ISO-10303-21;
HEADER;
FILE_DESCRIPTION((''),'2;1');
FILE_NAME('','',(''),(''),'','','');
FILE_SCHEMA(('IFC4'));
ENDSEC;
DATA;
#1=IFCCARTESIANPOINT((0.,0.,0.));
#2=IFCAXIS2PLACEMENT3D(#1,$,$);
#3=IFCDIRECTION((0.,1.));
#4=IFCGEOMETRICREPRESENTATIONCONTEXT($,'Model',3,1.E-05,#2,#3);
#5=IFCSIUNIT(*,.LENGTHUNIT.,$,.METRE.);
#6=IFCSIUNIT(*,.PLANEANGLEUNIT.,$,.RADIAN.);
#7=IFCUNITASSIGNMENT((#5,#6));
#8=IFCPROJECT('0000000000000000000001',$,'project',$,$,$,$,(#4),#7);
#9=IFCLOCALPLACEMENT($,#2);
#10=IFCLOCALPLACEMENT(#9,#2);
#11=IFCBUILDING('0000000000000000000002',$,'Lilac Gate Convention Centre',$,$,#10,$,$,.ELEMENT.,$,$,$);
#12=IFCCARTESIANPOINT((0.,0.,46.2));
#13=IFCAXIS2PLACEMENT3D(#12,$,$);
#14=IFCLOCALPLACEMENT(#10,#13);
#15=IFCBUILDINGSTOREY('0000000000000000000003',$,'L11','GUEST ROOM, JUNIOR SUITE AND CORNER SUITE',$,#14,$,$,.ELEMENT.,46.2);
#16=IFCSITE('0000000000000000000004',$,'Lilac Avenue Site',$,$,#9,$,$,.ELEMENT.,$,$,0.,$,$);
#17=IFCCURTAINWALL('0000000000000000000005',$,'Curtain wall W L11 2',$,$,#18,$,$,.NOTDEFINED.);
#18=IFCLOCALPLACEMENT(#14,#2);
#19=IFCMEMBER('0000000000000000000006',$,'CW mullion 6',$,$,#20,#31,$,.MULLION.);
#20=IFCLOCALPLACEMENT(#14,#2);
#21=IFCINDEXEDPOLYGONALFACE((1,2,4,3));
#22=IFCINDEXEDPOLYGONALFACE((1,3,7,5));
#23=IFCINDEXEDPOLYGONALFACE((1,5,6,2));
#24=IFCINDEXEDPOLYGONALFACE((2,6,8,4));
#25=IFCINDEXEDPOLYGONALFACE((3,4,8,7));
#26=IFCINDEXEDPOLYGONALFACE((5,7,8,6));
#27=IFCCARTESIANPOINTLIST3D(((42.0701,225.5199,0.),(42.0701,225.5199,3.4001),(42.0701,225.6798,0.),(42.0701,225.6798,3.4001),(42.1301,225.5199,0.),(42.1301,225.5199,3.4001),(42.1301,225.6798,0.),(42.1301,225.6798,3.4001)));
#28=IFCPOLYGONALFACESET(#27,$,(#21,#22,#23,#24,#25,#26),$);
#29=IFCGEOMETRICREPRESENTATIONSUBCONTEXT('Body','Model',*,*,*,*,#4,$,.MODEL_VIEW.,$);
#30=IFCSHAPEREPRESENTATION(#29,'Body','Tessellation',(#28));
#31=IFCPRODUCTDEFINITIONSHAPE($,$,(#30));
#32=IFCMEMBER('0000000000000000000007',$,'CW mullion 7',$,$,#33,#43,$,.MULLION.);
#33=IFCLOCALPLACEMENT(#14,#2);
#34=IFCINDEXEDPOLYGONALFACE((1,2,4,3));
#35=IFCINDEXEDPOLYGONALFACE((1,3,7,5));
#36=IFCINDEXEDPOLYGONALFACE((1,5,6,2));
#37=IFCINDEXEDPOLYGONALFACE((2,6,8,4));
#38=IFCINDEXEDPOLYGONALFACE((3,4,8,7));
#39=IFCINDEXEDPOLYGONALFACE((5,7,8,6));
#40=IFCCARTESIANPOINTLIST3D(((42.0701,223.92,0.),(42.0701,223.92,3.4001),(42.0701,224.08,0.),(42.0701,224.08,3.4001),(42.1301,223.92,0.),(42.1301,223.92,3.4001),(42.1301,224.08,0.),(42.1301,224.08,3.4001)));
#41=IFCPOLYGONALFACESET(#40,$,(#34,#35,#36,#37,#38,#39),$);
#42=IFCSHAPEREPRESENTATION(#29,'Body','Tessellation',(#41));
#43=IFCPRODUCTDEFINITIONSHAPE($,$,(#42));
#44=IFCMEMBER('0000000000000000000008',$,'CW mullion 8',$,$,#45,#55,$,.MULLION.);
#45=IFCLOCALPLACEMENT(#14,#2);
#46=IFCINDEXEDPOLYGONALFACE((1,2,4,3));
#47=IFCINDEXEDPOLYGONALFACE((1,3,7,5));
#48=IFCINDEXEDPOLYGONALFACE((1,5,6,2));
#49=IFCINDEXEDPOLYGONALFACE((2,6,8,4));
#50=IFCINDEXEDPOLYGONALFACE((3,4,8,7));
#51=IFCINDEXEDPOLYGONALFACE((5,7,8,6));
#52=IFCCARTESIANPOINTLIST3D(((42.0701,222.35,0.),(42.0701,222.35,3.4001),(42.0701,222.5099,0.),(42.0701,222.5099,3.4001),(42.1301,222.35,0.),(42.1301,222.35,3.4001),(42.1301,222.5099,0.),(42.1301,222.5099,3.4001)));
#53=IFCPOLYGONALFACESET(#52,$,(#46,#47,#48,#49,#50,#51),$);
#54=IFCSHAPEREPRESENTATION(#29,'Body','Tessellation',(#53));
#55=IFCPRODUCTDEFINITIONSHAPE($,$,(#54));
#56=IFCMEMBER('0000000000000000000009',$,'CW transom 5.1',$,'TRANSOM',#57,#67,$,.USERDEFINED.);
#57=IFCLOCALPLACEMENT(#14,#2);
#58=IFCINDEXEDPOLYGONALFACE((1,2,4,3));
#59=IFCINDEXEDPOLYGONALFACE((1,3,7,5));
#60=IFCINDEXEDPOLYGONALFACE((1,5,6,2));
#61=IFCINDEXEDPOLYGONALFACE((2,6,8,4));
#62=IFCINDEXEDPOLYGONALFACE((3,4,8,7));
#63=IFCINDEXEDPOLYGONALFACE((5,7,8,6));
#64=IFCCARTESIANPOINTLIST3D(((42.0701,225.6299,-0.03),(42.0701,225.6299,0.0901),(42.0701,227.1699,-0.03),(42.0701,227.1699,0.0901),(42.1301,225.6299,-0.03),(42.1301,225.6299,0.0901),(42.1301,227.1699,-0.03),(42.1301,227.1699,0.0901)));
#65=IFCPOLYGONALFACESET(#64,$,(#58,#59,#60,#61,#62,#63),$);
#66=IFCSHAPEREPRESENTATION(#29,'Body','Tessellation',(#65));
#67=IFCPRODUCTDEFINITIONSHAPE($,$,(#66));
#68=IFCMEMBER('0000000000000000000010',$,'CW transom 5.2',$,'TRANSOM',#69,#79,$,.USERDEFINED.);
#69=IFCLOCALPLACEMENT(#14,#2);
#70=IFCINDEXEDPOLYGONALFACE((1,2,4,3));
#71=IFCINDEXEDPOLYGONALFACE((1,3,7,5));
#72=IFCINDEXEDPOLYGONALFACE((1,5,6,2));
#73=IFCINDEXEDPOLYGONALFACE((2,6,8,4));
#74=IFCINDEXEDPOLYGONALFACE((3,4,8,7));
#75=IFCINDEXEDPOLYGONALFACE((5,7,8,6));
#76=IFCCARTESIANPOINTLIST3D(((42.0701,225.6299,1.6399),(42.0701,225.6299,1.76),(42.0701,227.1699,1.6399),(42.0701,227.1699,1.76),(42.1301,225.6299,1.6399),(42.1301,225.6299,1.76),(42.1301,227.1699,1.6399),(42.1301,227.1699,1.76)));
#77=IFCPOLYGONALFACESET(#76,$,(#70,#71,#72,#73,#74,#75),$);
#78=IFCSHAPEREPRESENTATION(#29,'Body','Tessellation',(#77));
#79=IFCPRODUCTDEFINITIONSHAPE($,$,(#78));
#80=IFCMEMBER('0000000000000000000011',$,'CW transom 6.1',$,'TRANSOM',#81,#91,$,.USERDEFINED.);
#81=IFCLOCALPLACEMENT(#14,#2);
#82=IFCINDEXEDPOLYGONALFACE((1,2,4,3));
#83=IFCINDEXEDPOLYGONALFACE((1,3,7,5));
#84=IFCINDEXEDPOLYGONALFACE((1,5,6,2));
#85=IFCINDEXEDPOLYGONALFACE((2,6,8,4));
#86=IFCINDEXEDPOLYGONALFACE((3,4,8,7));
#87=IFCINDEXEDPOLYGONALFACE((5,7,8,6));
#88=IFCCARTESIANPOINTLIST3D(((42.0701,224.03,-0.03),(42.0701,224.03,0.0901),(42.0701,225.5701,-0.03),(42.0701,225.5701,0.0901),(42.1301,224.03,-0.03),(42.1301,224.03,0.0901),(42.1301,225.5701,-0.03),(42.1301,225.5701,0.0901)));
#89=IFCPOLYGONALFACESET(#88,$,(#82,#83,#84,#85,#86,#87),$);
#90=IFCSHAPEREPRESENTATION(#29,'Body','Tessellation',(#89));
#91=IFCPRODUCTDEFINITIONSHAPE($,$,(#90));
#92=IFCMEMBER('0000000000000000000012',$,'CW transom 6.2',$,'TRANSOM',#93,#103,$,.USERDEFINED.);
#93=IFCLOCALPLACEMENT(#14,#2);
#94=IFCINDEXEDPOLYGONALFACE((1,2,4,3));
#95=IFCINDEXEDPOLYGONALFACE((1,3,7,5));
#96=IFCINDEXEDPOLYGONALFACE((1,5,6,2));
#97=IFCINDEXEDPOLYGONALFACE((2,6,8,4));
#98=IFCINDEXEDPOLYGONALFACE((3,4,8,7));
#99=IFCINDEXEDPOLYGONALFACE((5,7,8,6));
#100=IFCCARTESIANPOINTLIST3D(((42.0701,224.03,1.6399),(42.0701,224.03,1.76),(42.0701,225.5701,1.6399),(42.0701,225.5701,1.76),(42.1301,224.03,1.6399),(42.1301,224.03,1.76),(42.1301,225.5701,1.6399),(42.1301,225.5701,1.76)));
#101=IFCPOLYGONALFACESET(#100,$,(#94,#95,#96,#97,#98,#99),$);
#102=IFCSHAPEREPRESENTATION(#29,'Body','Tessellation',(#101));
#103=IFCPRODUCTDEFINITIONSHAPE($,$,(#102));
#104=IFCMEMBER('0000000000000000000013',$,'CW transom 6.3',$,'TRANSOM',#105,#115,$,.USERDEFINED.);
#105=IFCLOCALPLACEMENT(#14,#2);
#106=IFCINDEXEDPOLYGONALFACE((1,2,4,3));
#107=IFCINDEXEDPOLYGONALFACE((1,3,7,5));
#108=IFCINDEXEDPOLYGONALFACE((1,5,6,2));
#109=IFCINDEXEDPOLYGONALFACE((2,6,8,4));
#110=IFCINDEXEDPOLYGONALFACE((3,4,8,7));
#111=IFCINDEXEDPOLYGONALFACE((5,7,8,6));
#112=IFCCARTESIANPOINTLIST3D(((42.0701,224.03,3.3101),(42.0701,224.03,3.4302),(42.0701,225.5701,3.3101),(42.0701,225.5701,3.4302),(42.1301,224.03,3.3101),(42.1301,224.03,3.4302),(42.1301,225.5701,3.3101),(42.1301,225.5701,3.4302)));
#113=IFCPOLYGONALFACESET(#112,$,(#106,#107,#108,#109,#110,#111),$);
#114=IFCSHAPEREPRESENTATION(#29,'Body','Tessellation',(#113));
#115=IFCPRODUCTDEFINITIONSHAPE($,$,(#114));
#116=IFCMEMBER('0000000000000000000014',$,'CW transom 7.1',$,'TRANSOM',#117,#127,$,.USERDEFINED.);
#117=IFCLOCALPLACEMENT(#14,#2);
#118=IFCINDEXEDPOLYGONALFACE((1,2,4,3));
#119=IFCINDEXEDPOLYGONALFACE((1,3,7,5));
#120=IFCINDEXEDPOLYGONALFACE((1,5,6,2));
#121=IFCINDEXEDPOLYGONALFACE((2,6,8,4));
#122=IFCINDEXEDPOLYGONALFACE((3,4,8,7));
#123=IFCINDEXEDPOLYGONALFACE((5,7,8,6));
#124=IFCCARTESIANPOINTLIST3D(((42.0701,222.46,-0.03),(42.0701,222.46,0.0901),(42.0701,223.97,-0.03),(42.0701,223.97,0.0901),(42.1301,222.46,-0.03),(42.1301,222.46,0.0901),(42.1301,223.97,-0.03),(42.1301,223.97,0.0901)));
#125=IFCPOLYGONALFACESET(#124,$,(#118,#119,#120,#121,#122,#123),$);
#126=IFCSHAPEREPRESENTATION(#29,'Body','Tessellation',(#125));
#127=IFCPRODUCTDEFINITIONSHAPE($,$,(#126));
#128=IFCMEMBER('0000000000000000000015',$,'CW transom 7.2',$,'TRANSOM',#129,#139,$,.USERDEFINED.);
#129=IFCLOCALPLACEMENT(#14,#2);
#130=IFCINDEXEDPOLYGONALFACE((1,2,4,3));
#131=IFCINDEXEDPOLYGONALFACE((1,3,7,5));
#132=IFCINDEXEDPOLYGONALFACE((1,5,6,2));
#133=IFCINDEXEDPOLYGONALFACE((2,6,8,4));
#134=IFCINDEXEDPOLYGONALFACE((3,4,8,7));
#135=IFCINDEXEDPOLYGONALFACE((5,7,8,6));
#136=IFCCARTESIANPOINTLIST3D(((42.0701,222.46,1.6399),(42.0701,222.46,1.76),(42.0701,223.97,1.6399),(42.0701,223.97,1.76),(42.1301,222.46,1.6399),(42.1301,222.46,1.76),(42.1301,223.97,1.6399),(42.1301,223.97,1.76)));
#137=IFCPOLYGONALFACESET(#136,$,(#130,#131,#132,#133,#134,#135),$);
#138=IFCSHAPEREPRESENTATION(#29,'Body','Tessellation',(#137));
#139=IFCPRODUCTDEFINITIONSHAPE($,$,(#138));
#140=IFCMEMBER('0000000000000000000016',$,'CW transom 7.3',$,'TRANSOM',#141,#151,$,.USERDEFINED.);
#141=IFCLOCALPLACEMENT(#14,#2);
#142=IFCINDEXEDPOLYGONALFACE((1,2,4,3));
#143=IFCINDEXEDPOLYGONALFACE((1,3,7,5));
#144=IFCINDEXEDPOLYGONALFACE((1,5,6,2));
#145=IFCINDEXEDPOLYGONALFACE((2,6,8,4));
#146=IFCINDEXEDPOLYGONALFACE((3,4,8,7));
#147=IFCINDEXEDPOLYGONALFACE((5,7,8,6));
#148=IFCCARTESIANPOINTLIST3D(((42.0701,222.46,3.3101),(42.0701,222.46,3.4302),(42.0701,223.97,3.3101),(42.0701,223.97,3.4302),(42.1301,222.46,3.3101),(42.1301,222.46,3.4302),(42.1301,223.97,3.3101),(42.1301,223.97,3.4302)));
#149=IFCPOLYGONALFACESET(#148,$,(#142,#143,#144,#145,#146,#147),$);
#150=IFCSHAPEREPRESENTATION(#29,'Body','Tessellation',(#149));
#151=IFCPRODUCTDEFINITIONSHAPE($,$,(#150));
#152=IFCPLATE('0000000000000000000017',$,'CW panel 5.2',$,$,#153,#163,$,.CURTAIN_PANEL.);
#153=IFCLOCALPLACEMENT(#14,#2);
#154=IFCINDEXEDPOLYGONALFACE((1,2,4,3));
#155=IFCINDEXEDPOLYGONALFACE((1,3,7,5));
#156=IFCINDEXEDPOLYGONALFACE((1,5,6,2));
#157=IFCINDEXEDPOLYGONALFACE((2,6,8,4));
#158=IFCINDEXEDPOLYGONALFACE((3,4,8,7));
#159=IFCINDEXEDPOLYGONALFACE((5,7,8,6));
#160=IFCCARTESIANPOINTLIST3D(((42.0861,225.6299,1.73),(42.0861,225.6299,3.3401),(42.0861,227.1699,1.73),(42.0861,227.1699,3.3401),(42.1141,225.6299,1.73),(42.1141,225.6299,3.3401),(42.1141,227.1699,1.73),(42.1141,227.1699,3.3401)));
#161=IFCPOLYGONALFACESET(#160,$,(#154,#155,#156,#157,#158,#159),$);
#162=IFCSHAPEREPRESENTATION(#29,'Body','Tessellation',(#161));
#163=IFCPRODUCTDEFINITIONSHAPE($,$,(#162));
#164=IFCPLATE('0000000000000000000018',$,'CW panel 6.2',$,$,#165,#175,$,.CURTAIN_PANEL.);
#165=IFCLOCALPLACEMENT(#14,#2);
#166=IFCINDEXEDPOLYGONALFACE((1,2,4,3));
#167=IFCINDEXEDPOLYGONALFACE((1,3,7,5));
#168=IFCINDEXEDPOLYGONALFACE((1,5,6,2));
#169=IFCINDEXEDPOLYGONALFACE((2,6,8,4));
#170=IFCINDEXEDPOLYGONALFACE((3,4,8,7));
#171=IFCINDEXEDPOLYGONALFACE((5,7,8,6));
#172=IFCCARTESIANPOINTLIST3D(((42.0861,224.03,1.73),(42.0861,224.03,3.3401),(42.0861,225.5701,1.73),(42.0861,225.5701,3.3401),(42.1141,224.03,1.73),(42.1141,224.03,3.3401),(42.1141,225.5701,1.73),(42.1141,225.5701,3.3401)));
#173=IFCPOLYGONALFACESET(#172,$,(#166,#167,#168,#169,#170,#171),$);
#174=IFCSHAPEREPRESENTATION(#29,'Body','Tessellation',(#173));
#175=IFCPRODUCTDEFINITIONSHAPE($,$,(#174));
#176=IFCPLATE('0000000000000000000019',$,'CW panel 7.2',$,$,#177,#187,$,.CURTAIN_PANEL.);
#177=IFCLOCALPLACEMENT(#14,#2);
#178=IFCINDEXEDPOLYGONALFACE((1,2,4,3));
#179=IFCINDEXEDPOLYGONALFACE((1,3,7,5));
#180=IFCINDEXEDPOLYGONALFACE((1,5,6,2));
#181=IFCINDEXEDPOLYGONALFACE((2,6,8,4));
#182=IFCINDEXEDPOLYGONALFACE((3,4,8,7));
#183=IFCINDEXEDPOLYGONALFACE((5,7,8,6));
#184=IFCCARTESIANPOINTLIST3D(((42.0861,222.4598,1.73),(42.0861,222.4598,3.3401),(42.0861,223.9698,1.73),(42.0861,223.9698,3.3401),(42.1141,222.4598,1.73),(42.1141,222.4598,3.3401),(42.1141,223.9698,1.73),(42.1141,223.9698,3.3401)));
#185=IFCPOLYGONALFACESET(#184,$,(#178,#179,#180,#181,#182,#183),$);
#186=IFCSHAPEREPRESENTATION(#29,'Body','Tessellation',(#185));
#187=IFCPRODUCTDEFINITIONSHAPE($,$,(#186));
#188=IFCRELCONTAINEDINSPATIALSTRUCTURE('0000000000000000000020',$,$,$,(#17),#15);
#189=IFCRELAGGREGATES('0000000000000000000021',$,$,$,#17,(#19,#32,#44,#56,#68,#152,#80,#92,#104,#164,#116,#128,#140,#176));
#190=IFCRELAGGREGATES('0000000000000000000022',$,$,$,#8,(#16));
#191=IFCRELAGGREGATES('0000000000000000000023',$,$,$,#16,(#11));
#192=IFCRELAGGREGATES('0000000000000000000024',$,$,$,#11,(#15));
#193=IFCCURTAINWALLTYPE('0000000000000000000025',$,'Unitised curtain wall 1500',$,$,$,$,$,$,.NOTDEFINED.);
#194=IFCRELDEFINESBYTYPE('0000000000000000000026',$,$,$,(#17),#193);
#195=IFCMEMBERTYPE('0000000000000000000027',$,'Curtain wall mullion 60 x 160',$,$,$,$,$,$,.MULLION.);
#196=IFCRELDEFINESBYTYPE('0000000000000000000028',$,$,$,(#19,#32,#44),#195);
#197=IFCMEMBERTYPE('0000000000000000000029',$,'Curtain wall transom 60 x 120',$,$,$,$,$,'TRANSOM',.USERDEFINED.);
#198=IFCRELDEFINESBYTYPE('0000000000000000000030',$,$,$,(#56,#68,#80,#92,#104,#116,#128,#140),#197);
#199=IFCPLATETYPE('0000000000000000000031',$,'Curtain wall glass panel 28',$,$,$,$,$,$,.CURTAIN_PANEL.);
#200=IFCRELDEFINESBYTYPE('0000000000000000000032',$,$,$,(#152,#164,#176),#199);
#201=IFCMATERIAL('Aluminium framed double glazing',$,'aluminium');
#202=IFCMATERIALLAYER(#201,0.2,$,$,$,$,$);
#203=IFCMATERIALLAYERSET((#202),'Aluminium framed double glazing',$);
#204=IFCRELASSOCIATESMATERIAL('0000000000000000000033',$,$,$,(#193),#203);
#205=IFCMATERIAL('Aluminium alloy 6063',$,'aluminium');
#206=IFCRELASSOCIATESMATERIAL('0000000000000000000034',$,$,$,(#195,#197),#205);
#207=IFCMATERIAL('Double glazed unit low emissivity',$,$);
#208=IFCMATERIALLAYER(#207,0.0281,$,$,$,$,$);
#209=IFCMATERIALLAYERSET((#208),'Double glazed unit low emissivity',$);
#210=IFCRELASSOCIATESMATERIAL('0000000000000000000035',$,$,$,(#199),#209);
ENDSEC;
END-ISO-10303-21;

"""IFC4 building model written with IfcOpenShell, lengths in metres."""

from ifc_helpers import new_model, si_unit, direction, frame, origin, origin_2d, place, context, subcontext, project, spatial, rectangle, extrude, material, layer, layer_set, material_profile, profile_set, type_object, element, aggregate, save


model = new_model("IFC4")

# Units and contexts
model_context = context("Model", 3, precision=1e-05, world=origin(), true_north=direction((0.0, 1.0)))
body_context = subcontext(model_context, "Body", "Model", "MODEL_VIEW")
ifc_project = project(units=[si_unit("LENGTHUNIT", "METRE"), si_unit("PLANEANGLEUNIT", "RADIAN")], contexts=[model_context])

# Site, building, storey
site_placement = place(None, origin())
site = spatial("IfcSite", under=ifc_project, at=site_placement, Name="Lilac Avenue Site", CompositionType="ELEMENT", RefElevation=0.0)
building_placement = place(site_placement, origin())
building = spatial("IfcBuilding", under=site, at=building_placement, Name="Lilac Gate Convention Centre", CompositionType="ELEMENT")
storey_placement = place(building_placement, frame((0.0, 0.0, 46.2)))
storey = spatial("IfcBuildingStorey", under=building, at=storey_placement, Name="L11", Description="GUEST ROOM, JUNIOR SUITE AND CORNER SUITE", CompositionType="ELEMENT", Elevation=46.2)

# Curtain wall, members, plates
ifc_material_1 = material(Name="Aluminium framed double glazing", Category="aluminium")
ifc_layer_1 = layer(ifc_material_1, 0.2)
ifc_layer_set_1 = layer_set([ifc_layer_1], Name="Aluminium framed double glazing")
curtain_wall_type = type_object("IfcCurtainWallType", Name="Unitised curtain wall 1500", PredefinedType="NOTDEFINED", material=ifc_layer_set_1)
curtain_wall_placement = place(storey_placement, origin())
curtain_wall = element("IfcCurtainWall", 1, at=curtain_wall_placement, inside=storey, type_object=curtain_wall_type, Name="Curtain wall W L11 2", PredefinedType="NOTDEFINED")
ifc_material_2 = material(Name="Aluminium alloy 6063", Category="aluminium")
ifc_material_profile_1 = material_profile(ifc_material_2, rectangle(XDim=0.0601, YDim=0.1599, at=origin_2d()), Name="Curtain wall mullion 60 x 160")
ifc_profile_set_1 = profile_set([ifc_material_profile_1], Name="Aluminium alloy 6063")
member_type_1 = type_object("IfcMemberType", Name="Curtain wall mullion 60 x 160", PredefinedType="MULLION", material=ifc_profile_set_1)
member_1_placement = place(storey_placement, frame((42.1001, 225.5999, 0.0), z_axis=(0.0, 0.0, 1.0), x_axis=(1.0, 0.0, 0.0)))
member_1 = element("IfcMember", 2, at=member_1_placement, type_object=member_type_1, Name="CW mullion 6", PredefinedType="MULLION", context=body_context, shape_type="SweptSolid", body=[
    extrude(rectangle(XDim=0.0601, YDim=0.1599, at=origin_2d()), origin(), (0.0, 0.0, 1.0), 3.4001),
])
member_2_placement = place(storey_placement, frame((42.1001, 224.0, 0.0), z_axis=(0.0, 0.0, 1.0), x_axis=(1.0, 0.0, 0.0)))
member_2 = element("IfcMember", 3, at=member_2_placement, type_object=member_type_1, Name="CW mullion 7", PredefinedType="MULLION", context=body_context, shape_type="SweptSolid", body=[
    extrude(rectangle(XDim=0.0601, YDim=0.1599, at=origin_2d()), origin(), (0.0, 0.0, 1.0), 3.4001),
])
member_3_placement = place(storey_placement, frame((42.1001, 222.4299, 0.0), z_axis=(0.0, 0.0, 1.0), x_axis=(1.0, 0.0, 0.0)))
member_3 = element("IfcMember", 4, at=member_3_placement, type_object=member_type_1, Name="CW mullion 8", PredefinedType="MULLION", context=body_context, shape_type="SweptSolid", body=[
    extrude(rectangle(XDim=0.0601, YDim=0.1599, at=origin_2d()), origin(), (0.0, 0.0, 1.0), 3.4001),
])
ifc_material_profile_2 = material_profile(ifc_material_2, rectangle(XDim=0.0601, YDim=0.1201, at=origin_2d()), Name="Curtain wall transom 60 x 120")
ifc_profile_set_2 = profile_set([ifc_material_profile_2], Name="Aluminium alloy 6063")
member_type_2 = type_object("IfcMemberType", Name="Curtain wall transom 60 x 120", ElementType="TRANSOM", PredefinedType="USERDEFINED", material=ifc_profile_set_2)
member_4_placement = place(storey_placement, frame((42.1001, 227.1699, 0.03), z_axis=(0.0, -1.0, 0.0), x_axis=(1.0, 0.0, 0.0)))
member_4 = element("IfcMember", 5, at=member_4_placement, type_object=member_type_2, Name="CW transom 5.1", ObjectType="TRANSOM", PredefinedType="USERDEFINED", context=body_context, shape_type="SweptSolid", body=[
    extrude(rectangle(XDim=0.0601, YDim=0.1201, at=origin_2d()), origin(), (0.0, 0.0, 1.0), 1.54),
])
member_5_placement = place(storey_placement, frame((42.1001, 227.1699, 1.7), z_axis=(0.0, -1.0, 0.0), x_axis=(1.0, 0.0, 0.0)))
member_5 = element("IfcMember", 6, at=member_5_placement, type_object=member_type_2, Name="CW transom 5.2", ObjectType="TRANSOM", PredefinedType="USERDEFINED", context=body_context, shape_type="SweptSolid", body=[
    extrude(rectangle(XDim=0.0601, YDim=0.1201, at=origin_2d()), origin(), (0.0, 0.0, 1.0), 1.54),
])
member_6_placement = place(storey_placement, frame((42.1001, 225.5701, 0.03), z_axis=(0.0, -1.0, 0.0), x_axis=(1.0, 0.0, 0.0)))
member_6 = element("IfcMember", 7, at=member_6_placement, type_object=member_type_2, Name="CW transom 6.1", ObjectType="TRANSOM", PredefinedType="USERDEFINED", context=body_context, shape_type="SweptSolid", body=[
    extrude(rectangle(XDim=0.0601, YDim=0.1201, at=origin_2d()), origin(), (0.0, 0.0, 1.0), 1.54),
])
member_7_placement = place(storey_placement, frame((42.1001, 225.5701, 1.7), z_axis=(0.0, -1.0, 0.0), x_axis=(1.0, 0.0, 0.0)))
member_7 = element("IfcMember", 8, at=member_7_placement, type_object=member_type_2, Name="CW transom 6.2", ObjectType="TRANSOM", PredefinedType="USERDEFINED", context=body_context, shape_type="SweptSolid", body=[
    extrude(rectangle(XDim=0.0601, YDim=0.1201, at=origin_2d()), origin(), (0.0, 0.0, 1.0), 1.54),
])
member_8_placement = place(storey_placement, frame((42.1001, 225.5701, 3.3701), z_axis=(0.0, -1.0, 0.0), x_axis=(1.0, 0.0, 0.0)))
member_8 = element("IfcMember", 9, at=member_8_placement, type_object=member_type_2, Name="CW transom 6.3", ObjectType="TRANSOM", PredefinedType="USERDEFINED", context=body_context, shape_type="SweptSolid", body=[
    extrude(rectangle(XDim=0.0601, YDim=0.1201, at=origin_2d()), origin(), (0.0, 0.0, 1.0), 1.54),
])
member_9_placement = place(storey_placement, frame((42.1001, 223.97, 0.03), z_axis=(0.0, -1.0, 0.0), x_axis=(1.0, 0.0, 0.0)))
member_9 = element("IfcMember", 10, at=member_9_placement, type_object=member_type_2, Name="CW transom 7.1", ObjectType="TRANSOM", PredefinedType="USERDEFINED", context=body_context, shape_type="SweptSolid", body=[
    extrude(rectangle(XDim=0.0601, YDim=0.1201, at=origin_2d()), origin(), (0.0, 0.0, 1.0), 1.51),
])
member_10_placement = place(storey_placement, frame((42.1001, 223.97, 1.7), z_axis=(0.0, -1.0, 0.0), x_axis=(1.0, 0.0, 0.0)))
member_10 = element("IfcMember", 11, at=member_10_placement, type_object=member_type_2, Name="CW transom 7.2", ObjectType="TRANSOM", PredefinedType="USERDEFINED", context=body_context, shape_type="SweptSolid", body=[
    extrude(rectangle(XDim=0.0601, YDim=0.1201, at=origin_2d()), origin(), (0.0, 0.0, 1.0), 1.51),
])
member_11_placement = place(storey_placement, frame((42.1001, 223.97, 3.3701), z_axis=(0.0, -1.0, 0.0), x_axis=(1.0, 0.0, 0.0)))
member_11 = element("IfcMember", 12, at=member_11_placement, type_object=member_type_2, Name="CW transom 7.3", ObjectType="TRANSOM", PredefinedType="USERDEFINED", context=body_context, shape_type="SweptSolid", body=[
    extrude(rectangle(XDim=0.0601, YDim=0.1201, at=origin_2d()), origin(), (0.0, 0.0, 1.0), 1.51),
])
ifc_material_3 = material(Name="Double glazed unit low emissivity")
ifc_layer_2 = layer(ifc_material_3, 0.0281)
ifc_layer_set_2 = layer_set([ifc_layer_2], Name="Double glazed unit low emissivity")
plate_type_1 = type_object("IfcPlateType", Name="Curtain wall glass panel 28", PredefinedType="CURTAIN_PANEL", material=ifc_layer_set_2)
plate_1_placement = place(storey_placement, frame((42.1001, 226.3999, 1.73), z_axis=(0.0, 0.0, 1.0), x_axis=(0.0, -1.0, 0.0)))
plate_1 = element("IfcPlate", 13, at=plate_1_placement, type_object=plate_type_1, Name="CW panel 5.2", PredefinedType="CURTAIN_PANEL", context=body_context, shape_type="SweptSolid", body=[
    extrude(rectangle(XDim=1.54, YDim=0.0281, at=origin_2d()), origin(), (0.0, 0.0, 1.0), 1.6101),
])
plate_2_placement = place(storey_placement, frame((42.1001, 224.8, 1.73), z_axis=(0.0, 0.0, 1.0), x_axis=(0.0, -1.0, 0.0)))
plate_2 = element("IfcPlate", 14, at=plate_2_placement, type_object=plate_type_1, Name="CW panel 6.2", PredefinedType="CURTAIN_PANEL", context=body_context, shape_type="SweptSolid", body=[
    extrude(rectangle(XDim=1.54, YDim=0.0281, at=origin_2d()), origin(), (0.0, 0.0, 1.0), 1.6101),
])
plate_3_placement = place(storey_placement, frame((42.1001, 223.2148, 1.73), z_axis=(0.0, 0.0, 1.0), x_axis=(0.0, -1.0, 0.0)))
plate_3 = element("IfcPlate", 15, at=plate_3_placement, type_object=plate_type_1, Name="CW panel 7.2", PredefinedType="CURTAIN_PANEL", context=body_context, shape_type="SweptSolid", body=[
    extrude(rectangle(XDim=1.51, YDim=0.0281, at=origin_2d()), origin(), (0.0, 0.0, 1.0), 1.6101),
])
aggregate(curtain_wall, [member_1, member_2, member_3, member_4, member_5, plate_1, member_6, member_7, member_8, plate_2, member_9, member_10, member_11, plate_3])

save(model, "model.ifc")
